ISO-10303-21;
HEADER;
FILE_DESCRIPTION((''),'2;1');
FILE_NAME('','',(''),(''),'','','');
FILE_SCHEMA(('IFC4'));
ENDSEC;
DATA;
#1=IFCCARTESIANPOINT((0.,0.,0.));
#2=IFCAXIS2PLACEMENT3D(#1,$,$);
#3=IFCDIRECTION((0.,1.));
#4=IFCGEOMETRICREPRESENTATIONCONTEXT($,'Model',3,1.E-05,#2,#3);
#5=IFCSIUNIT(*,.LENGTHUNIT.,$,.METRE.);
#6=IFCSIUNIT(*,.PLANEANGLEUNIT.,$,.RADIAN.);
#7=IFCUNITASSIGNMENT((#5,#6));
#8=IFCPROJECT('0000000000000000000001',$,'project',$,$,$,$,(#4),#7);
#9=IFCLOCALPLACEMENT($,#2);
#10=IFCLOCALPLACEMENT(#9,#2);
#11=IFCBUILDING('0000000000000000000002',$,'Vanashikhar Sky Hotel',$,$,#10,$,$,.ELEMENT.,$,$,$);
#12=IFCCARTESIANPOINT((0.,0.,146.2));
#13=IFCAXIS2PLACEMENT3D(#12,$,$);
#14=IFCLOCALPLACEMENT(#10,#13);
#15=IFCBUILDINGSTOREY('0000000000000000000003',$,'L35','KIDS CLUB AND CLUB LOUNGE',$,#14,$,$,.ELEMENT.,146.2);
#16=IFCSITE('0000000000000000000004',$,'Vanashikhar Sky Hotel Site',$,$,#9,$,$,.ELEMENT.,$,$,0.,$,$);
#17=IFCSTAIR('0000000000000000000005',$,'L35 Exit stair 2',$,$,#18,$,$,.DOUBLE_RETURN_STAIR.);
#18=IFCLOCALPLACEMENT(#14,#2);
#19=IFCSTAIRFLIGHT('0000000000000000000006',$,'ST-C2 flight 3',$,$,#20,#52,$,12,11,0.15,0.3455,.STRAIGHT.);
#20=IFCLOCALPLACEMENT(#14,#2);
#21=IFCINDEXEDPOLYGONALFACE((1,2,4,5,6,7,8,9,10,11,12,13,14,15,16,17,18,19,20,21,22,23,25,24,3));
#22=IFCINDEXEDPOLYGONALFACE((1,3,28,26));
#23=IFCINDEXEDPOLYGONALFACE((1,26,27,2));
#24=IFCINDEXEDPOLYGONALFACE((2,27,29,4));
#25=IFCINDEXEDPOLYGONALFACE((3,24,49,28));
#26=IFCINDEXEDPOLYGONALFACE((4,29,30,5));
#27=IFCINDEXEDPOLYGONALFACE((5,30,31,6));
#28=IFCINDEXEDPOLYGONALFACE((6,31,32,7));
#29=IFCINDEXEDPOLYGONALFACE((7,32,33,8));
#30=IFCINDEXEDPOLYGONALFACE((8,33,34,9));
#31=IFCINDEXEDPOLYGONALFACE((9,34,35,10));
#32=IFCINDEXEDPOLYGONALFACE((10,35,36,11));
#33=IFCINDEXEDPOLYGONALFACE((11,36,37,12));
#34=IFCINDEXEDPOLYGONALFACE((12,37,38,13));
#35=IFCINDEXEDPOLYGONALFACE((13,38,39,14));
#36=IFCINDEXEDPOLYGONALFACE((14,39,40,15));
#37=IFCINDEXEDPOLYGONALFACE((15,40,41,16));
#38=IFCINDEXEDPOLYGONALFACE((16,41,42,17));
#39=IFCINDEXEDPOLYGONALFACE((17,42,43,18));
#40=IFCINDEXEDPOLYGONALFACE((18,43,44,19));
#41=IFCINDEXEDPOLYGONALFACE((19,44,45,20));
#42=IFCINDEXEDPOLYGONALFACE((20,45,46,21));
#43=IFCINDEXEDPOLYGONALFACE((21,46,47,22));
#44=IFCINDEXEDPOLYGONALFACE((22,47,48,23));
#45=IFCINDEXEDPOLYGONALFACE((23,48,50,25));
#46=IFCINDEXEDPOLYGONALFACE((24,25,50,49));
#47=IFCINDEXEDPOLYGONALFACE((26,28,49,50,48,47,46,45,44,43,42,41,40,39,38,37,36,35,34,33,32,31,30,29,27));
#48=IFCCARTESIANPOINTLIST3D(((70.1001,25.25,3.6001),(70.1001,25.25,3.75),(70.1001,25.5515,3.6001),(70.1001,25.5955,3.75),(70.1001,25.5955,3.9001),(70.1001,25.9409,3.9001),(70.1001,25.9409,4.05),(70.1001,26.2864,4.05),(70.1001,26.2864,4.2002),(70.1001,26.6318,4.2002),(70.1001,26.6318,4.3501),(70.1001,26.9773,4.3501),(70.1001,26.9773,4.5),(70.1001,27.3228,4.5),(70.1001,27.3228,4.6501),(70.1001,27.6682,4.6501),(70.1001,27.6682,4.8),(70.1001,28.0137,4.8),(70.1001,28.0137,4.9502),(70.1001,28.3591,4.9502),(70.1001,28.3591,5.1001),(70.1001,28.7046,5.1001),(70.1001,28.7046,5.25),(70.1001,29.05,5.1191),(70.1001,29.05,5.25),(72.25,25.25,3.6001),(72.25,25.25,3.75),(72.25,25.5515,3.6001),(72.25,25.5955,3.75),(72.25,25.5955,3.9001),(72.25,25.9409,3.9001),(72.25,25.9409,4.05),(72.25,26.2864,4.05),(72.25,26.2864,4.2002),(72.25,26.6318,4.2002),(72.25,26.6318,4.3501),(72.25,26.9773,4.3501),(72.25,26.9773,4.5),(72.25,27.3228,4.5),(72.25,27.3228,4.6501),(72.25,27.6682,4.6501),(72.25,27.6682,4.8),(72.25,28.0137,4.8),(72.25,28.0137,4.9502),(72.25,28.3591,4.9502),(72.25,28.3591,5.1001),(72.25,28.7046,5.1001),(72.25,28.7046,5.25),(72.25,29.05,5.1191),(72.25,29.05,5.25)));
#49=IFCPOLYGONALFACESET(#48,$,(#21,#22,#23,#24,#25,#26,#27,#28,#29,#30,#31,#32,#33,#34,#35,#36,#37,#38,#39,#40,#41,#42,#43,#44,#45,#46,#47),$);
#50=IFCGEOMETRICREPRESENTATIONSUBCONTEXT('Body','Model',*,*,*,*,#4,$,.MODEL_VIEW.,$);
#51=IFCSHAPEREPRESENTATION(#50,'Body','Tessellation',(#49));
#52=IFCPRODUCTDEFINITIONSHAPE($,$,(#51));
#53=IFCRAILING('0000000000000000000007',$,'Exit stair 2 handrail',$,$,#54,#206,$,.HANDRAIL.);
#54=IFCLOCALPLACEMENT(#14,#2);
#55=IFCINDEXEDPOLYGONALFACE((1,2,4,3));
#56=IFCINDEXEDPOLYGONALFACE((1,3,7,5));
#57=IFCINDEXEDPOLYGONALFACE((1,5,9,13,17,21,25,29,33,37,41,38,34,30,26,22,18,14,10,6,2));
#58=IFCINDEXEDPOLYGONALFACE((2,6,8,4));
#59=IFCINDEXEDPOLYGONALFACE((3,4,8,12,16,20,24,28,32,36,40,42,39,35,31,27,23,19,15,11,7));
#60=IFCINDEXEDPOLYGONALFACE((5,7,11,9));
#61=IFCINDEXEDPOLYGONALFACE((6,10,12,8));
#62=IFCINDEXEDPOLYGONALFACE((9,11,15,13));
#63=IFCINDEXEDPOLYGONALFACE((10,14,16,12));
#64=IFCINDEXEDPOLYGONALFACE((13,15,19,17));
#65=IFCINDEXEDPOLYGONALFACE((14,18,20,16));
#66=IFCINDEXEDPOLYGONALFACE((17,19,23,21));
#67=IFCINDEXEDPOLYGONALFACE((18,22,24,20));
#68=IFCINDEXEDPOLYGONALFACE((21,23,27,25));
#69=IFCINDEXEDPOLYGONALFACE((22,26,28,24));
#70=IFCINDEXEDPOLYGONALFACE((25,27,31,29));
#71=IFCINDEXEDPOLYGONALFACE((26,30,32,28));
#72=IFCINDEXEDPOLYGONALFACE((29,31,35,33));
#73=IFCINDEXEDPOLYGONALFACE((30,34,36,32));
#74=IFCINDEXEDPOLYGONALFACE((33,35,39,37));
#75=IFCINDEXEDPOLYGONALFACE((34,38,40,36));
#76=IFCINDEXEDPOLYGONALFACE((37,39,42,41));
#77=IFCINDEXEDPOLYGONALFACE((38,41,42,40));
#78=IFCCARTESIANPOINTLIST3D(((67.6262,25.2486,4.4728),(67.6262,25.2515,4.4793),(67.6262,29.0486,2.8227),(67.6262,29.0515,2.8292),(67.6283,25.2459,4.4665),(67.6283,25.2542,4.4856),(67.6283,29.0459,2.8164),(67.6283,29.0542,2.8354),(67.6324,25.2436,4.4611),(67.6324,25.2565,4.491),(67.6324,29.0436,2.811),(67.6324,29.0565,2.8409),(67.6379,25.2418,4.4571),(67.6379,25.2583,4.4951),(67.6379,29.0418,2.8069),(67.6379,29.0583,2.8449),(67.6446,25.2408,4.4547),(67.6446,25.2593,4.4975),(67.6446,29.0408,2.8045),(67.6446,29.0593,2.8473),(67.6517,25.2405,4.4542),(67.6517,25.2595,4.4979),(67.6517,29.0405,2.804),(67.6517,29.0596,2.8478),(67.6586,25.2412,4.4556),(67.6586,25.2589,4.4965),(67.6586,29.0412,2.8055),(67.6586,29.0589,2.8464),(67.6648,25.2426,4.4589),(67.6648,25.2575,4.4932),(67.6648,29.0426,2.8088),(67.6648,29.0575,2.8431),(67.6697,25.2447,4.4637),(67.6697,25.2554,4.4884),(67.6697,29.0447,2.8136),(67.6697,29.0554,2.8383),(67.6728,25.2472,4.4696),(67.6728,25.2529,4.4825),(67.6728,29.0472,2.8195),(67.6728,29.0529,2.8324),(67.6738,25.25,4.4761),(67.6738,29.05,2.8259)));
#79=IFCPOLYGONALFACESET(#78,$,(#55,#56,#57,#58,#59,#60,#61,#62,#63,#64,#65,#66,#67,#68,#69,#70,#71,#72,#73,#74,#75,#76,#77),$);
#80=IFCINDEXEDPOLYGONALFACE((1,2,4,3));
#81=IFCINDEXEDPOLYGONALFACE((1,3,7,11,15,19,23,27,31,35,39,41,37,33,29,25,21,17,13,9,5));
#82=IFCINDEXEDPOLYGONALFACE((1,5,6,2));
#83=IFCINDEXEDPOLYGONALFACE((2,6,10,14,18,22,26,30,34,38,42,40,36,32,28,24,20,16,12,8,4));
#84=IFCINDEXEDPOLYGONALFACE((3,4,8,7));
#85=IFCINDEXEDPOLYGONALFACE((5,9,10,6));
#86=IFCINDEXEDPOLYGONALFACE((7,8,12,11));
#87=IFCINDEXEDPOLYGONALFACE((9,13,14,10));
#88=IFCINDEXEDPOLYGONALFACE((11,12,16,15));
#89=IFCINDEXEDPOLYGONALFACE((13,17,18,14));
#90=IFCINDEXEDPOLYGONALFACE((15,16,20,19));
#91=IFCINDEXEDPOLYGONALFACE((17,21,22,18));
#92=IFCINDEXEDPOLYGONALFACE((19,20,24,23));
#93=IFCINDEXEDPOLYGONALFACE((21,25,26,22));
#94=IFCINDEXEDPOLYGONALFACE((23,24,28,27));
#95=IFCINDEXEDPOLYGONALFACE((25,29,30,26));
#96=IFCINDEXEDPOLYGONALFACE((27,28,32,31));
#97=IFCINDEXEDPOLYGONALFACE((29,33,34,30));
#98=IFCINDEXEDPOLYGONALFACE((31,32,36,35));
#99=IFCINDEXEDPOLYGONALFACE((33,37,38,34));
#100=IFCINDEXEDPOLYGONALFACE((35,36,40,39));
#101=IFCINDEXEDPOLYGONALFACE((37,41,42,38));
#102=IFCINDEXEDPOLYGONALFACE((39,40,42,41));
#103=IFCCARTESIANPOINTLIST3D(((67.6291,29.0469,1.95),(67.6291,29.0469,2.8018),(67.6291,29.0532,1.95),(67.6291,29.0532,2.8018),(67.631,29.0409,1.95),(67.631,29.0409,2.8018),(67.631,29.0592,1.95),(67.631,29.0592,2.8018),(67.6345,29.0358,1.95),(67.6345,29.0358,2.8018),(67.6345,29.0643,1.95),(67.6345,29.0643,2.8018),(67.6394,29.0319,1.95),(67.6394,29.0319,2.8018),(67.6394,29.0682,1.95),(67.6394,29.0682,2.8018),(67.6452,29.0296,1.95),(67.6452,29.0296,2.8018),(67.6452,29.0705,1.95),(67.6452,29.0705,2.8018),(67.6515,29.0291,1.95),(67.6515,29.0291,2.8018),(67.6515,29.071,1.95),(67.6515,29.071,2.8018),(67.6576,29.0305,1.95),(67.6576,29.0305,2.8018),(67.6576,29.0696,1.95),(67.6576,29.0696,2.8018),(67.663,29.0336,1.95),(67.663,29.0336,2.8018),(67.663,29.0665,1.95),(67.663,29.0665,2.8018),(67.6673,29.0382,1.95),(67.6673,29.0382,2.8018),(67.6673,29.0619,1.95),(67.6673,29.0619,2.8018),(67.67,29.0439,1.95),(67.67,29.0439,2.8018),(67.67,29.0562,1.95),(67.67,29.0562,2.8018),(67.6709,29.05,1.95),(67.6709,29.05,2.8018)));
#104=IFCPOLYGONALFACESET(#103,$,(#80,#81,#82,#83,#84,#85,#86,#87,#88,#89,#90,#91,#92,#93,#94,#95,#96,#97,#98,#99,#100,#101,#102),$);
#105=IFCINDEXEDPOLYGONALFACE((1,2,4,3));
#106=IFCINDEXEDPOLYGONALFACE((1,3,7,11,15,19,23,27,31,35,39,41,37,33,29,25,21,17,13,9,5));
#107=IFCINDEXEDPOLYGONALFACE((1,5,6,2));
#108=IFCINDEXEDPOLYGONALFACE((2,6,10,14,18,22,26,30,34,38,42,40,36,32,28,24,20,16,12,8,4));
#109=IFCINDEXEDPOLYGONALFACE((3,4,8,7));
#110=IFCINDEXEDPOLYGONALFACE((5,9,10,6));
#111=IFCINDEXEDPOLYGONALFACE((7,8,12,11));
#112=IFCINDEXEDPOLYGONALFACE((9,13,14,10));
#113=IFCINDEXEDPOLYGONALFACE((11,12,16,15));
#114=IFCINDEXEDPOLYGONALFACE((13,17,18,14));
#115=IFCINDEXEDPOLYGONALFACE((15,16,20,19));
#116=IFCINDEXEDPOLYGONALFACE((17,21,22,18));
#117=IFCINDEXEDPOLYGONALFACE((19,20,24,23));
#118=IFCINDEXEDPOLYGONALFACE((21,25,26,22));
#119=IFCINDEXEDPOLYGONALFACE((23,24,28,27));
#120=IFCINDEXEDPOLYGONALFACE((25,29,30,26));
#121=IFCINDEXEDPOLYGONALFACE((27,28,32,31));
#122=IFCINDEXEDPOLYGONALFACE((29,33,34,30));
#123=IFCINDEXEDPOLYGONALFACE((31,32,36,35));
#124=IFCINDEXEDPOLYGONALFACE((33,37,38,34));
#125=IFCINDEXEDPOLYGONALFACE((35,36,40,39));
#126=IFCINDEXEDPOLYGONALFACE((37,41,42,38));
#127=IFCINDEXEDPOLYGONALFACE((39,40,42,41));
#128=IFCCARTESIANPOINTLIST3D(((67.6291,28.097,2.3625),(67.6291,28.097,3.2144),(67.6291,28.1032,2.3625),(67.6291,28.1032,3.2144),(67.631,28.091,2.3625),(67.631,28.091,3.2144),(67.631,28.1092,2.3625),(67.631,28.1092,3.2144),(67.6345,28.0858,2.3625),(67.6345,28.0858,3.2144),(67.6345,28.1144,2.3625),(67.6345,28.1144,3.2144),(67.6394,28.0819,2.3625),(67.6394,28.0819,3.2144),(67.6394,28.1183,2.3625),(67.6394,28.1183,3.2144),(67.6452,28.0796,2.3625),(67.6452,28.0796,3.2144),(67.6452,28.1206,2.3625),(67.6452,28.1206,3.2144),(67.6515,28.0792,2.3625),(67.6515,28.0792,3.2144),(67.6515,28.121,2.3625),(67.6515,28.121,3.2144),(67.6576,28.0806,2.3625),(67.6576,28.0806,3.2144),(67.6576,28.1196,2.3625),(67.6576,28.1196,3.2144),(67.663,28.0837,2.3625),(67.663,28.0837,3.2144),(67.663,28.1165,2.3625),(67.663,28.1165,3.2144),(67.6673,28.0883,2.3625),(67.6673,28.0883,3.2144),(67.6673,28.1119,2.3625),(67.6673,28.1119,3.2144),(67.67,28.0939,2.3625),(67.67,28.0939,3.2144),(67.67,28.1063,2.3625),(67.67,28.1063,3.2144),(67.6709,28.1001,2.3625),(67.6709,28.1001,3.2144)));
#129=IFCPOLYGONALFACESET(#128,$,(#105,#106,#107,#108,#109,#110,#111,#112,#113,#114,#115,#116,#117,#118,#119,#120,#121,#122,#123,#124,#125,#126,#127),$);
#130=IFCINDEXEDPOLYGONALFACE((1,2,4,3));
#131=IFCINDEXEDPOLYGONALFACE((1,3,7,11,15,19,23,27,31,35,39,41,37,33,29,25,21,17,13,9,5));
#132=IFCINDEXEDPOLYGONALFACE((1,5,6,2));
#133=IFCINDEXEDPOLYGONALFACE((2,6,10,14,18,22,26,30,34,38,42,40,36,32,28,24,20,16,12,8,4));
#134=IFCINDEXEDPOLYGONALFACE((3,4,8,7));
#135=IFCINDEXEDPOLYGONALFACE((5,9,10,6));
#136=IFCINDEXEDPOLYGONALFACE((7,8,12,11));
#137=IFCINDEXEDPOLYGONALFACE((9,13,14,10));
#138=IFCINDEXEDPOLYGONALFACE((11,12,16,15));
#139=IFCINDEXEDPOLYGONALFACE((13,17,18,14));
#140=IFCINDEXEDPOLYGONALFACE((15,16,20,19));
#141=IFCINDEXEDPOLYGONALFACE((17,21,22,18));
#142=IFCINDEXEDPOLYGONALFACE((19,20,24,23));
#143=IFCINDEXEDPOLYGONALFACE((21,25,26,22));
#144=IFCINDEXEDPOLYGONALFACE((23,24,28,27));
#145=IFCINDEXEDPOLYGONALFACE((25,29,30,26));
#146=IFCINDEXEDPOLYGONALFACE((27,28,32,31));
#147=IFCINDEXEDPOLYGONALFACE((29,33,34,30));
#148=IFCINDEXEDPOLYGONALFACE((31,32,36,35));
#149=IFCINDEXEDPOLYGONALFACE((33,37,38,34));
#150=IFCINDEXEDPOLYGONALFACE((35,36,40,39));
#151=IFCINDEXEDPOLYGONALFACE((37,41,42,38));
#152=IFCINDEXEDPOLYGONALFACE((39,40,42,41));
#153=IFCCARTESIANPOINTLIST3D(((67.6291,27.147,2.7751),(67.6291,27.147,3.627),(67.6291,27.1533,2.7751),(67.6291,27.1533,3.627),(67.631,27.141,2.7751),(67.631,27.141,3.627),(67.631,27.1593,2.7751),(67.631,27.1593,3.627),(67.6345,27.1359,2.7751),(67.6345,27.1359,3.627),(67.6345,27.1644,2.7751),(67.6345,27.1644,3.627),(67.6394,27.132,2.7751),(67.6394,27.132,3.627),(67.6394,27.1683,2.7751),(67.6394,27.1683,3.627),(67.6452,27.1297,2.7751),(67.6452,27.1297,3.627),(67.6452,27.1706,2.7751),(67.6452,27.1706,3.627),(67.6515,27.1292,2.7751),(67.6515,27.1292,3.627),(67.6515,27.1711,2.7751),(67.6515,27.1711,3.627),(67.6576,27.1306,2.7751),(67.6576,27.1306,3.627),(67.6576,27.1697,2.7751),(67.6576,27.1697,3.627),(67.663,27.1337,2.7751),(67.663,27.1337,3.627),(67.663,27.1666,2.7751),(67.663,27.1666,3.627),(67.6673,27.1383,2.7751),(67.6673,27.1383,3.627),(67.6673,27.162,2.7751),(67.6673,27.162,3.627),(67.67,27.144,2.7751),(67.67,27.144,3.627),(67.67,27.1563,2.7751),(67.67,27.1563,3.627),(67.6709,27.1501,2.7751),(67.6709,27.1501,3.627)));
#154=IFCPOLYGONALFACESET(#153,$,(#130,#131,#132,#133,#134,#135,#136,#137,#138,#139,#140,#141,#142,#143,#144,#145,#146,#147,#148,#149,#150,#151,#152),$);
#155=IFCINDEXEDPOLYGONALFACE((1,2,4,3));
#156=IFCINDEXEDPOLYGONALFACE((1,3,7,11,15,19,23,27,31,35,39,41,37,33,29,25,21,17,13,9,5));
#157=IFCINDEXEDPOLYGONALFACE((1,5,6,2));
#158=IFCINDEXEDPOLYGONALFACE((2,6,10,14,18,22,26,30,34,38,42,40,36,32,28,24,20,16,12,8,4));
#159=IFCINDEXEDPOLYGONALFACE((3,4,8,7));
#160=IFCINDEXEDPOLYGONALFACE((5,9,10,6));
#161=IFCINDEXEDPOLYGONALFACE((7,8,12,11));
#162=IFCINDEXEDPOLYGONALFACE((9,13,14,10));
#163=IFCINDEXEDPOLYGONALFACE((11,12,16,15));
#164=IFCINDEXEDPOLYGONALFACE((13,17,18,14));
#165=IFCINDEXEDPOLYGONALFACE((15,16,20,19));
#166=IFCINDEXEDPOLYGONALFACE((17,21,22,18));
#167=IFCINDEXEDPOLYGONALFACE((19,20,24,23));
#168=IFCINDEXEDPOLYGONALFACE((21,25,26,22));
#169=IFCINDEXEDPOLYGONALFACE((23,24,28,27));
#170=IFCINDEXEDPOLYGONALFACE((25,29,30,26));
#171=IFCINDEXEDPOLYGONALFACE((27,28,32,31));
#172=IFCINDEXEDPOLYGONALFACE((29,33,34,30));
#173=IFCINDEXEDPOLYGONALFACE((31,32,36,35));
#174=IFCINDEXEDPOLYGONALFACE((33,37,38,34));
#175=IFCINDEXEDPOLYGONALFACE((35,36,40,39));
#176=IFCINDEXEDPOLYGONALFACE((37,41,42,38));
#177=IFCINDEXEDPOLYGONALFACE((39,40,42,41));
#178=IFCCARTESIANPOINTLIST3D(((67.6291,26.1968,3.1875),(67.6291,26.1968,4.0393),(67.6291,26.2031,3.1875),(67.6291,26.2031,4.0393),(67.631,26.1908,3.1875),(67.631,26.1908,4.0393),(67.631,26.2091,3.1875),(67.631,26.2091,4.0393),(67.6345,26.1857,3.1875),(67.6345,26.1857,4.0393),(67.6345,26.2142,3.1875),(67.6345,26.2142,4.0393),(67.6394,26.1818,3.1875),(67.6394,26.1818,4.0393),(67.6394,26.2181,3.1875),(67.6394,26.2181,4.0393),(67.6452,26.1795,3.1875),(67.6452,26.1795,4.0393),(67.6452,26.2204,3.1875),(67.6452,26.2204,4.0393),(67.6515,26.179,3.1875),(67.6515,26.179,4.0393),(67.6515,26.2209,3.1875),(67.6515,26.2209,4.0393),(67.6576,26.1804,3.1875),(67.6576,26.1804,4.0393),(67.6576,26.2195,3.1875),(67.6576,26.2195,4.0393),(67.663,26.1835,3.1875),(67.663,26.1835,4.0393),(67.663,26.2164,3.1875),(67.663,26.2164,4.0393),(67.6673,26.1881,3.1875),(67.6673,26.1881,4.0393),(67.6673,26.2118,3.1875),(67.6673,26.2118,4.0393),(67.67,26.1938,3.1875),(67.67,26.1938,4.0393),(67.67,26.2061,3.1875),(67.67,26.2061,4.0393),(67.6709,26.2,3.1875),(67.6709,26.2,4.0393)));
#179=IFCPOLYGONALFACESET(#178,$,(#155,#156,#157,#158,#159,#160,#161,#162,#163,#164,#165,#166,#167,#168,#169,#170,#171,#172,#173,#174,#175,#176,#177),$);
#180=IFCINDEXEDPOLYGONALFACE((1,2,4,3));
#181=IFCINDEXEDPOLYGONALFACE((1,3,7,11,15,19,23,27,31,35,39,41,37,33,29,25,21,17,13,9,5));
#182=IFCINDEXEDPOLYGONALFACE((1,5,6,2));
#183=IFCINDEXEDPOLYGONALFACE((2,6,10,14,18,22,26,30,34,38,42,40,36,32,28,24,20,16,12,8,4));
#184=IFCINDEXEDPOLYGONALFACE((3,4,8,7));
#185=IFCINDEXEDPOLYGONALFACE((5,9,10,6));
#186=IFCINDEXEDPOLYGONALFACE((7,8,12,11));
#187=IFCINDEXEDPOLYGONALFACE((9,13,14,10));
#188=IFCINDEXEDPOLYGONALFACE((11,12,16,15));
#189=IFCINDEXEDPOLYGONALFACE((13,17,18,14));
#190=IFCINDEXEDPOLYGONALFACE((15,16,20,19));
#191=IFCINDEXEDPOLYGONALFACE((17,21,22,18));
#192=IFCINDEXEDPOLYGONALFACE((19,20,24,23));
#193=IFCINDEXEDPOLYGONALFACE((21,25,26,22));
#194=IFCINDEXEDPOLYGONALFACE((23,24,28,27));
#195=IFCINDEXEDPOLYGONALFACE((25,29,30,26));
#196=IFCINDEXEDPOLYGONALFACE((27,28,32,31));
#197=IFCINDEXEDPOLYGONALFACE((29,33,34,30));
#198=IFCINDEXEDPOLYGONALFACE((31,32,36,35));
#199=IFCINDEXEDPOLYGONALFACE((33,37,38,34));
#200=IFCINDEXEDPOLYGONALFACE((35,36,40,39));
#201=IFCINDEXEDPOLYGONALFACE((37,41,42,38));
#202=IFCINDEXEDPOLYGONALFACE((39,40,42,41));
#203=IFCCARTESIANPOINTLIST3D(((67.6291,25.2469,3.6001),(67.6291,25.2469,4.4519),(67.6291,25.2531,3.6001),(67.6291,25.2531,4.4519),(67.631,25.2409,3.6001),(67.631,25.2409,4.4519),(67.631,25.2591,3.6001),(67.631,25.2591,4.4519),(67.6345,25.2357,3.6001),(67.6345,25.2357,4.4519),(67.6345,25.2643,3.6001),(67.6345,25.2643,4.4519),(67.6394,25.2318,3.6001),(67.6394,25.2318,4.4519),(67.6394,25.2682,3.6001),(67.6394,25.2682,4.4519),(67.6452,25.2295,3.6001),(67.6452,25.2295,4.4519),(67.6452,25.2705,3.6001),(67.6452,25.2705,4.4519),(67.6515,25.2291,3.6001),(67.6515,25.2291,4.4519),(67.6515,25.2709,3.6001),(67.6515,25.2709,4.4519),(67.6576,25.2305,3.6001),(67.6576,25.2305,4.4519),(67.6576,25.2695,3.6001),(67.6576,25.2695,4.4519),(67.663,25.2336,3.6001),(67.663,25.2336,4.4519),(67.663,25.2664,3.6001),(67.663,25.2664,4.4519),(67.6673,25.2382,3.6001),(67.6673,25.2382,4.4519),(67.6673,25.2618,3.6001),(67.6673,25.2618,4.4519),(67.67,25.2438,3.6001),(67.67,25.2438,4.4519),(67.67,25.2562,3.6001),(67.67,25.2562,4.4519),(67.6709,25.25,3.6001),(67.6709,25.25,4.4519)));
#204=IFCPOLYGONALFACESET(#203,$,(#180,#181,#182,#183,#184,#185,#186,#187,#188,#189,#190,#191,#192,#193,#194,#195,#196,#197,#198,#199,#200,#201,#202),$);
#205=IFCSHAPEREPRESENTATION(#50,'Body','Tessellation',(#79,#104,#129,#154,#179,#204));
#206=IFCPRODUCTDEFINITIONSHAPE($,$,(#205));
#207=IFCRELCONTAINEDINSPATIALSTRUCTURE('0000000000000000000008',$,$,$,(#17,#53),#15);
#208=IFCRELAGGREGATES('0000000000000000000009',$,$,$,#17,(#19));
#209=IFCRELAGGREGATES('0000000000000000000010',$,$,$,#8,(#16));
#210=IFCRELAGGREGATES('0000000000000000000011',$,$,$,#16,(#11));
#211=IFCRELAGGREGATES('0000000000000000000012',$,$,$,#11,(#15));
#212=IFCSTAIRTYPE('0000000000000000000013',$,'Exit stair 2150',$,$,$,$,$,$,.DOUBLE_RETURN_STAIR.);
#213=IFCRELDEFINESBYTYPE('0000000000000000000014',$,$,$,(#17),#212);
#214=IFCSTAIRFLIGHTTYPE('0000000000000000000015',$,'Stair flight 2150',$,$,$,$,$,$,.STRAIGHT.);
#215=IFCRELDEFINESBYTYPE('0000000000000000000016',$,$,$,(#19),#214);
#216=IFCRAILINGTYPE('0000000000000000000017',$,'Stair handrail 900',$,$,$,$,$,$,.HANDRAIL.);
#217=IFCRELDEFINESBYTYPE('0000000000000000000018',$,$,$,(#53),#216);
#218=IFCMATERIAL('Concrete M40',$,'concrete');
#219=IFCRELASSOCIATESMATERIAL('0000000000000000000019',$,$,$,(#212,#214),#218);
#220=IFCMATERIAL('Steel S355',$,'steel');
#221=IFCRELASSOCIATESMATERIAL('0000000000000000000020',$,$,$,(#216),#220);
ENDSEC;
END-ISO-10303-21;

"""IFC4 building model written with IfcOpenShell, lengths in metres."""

from ifc_helpers import new_model, si_unit, direction, frame, origin, origin_2d, place, context, subcontext, project, spatial, polyline, circle, outline, extrude, source, transform, mapped, material, type_object, element, aggregate, save


model = new_model("IFC4")

# Units and contexts
model_context = context("Model", 3, precision=1e-05, world=origin(), true_north=direction((0.0, 1.0)))
body_context = subcontext(model_context, "Body", "Model", "MODEL_VIEW")
ifc_project = project(units=[si_unit("LENGTHUNIT", "METRE"), si_unit("PLANEANGLEUNIT", "RADIAN")], contexts=[model_context])

# Site, building, storey
site_placement = place(None, origin())
site = spatial("IfcSite", under=ifc_project, at=site_placement, Name="Vanashikhar Sky Hotel Site", CompositionType="ELEMENT", RefElevation=0.0)
building_placement = place(site_placement, origin())
building = spatial("IfcBuilding", under=site, at=building_placement, Name="Vanashikhar Sky Hotel", CompositionType="ELEMENT")
storey_placement = place(building_placement, frame((0.0, 0.0, 146.2)))
storey = spatial("IfcBuildingStorey", under=building, at=storey_placement, Name="L35", Description="KIDS CLUB AND CLUB LOUNGE", CompositionType="ELEMENT", Elevation=146.2)

# Stair, stair flight
ifc_material_1 = material(Name="Concrete M40", Category="concrete")
stair_type = type_object("IfcStairType", Name="Exit stair 2150", PredefinedType="DOUBLE_RETURN_STAIR", material=ifc_material_1)
stair_placement = place(storey_placement, origin())
stair = element("IfcStair", 1, at=stair_placement, inside=storey, type_object=stair_type, Name="L35 Exit stair 2", PredefinedType="DOUBLE_RETURN_STAIR")
stair_flight_type = type_object("IfcStairFlightType", Name="Stair flight 2150", PredefinedType="STRAIGHT", material=ifc_material_1)
shared_shape_1 = source(origin(), body_context, "Body", "SweptSolid", [
    extrude(outline(polyline([(0.0, 0.0), (0.0, 0.1499), (0.3455, 0.1499), (0.3455, 0.3), (0.6909, 0.3), (0.6909, 0.45), (1.0364, 0.45), (1.0364, 0.6001), (1.3818, 0.6001), (1.3818, 0.75), (1.7273, 0.75), (1.7273, 0.8999), (2.0728, 0.8999), (2.0728, 1.05), (2.4182, 1.05), (2.4182, 1.2), (2.7637, 1.2), (2.7637, 1.3501), (3.1091, 1.3501), (3.1091, 1.5), (3.4546, 1.5), (3.4546, 1.6499), (3.8, 1.6499), (3.8, 1.8), (3.8, 1.519), (0.3015, 0.0), (0.0, 0.0)])), frame((0.0, 1.075, 0.0), z_axis=(0.0, -1.0, 0.0), x_axis=(1.0, 0.0, 0.0)), (0.0, 0.0, 1.0), 2.1499),
])
stair_flight_1_placement = place(storey_placement, frame((71.175, 25.25, 3.6001), z_axis=(0.0, 0.0, 1.0), x_axis=(0.0, 1.0, 0.0)))
stair_flight_1 = element("IfcStairFlight", 2, at=stair_flight_1_placement, type_object=stair_flight_type, Name="ST-C2 flight 3", NumberOfRisers=12, NumberOfTreads=11, PredefinedType="STRAIGHT", RiserHeight=0.15, TreadLength=0.3455, context=body_context, shape_type="MappedRepresentation", body=[
    mapped(shared_shape_1, transform((0.0, 0.0, 0.0), scale=1.0)),
])
aggregate(stair, [stair_flight_1])

# Railing
ifc_material_2 = material(Name="Steel S355", Category="steel")
railing_type_1 = type_object("IfcRailingType", Name="Stair handrail 900", PredefinedType="HANDRAIL", material=ifc_material_2)
shared_shape_2 = source(origin(), body_context, "Body", "SweptSolid", [
    extrude(circle(Radius=0.0239, at=origin_2d()), frame((0.0, 0.0, 0.876), z_axis=(0.0, -0.917251, 0.39831), x_axis=(1.0, 0.0, 0.0)), (0.0, 0.0, 1.0), 4.1428),
    extrude(circle(Radius=0.021, at=origin_2d()), origin(), (0.0, 0.0, 1.0), 0.8518),
    extrude(circle(Radius=0.021, at=origin_2d()), frame((0.0, -0.95, 0.4126)), (0.0, 0.0, 1.0), 0.8518),
    extrude(circle(Radius=0.021, at=origin_2d()), frame((0.0, -1.8999, 0.8252)), (0.0, 0.0, 1.0), 0.8518),
    extrude(circle(Radius=0.021, at=origin_2d()), frame((0.0, -2.8501, 1.2375)), (0.0, 0.0, 1.0), 0.8518),
    extrude(circle(Radius=0.021, at=origin_2d()), frame((0.0, -3.8, 1.6501)), (0.0, 0.0, 1.0), 0.8518),
])
railing_1_placement = place(storey_placement, frame((67.6499, 29.05, 1.95)))
element("IfcRailing", 3, at=railing_1_placement, inside=storey, type_object=railing_type_1, Name="Exit stair 2 handrail", PredefinedType="HANDRAIL", context=body_context, shape_type="MappedRepresentation", body=[
    mapped(shared_shape_2, transform((0.0, 0.0, 0.0), scale=1.0)),
])

save(model, "model.ifc")
